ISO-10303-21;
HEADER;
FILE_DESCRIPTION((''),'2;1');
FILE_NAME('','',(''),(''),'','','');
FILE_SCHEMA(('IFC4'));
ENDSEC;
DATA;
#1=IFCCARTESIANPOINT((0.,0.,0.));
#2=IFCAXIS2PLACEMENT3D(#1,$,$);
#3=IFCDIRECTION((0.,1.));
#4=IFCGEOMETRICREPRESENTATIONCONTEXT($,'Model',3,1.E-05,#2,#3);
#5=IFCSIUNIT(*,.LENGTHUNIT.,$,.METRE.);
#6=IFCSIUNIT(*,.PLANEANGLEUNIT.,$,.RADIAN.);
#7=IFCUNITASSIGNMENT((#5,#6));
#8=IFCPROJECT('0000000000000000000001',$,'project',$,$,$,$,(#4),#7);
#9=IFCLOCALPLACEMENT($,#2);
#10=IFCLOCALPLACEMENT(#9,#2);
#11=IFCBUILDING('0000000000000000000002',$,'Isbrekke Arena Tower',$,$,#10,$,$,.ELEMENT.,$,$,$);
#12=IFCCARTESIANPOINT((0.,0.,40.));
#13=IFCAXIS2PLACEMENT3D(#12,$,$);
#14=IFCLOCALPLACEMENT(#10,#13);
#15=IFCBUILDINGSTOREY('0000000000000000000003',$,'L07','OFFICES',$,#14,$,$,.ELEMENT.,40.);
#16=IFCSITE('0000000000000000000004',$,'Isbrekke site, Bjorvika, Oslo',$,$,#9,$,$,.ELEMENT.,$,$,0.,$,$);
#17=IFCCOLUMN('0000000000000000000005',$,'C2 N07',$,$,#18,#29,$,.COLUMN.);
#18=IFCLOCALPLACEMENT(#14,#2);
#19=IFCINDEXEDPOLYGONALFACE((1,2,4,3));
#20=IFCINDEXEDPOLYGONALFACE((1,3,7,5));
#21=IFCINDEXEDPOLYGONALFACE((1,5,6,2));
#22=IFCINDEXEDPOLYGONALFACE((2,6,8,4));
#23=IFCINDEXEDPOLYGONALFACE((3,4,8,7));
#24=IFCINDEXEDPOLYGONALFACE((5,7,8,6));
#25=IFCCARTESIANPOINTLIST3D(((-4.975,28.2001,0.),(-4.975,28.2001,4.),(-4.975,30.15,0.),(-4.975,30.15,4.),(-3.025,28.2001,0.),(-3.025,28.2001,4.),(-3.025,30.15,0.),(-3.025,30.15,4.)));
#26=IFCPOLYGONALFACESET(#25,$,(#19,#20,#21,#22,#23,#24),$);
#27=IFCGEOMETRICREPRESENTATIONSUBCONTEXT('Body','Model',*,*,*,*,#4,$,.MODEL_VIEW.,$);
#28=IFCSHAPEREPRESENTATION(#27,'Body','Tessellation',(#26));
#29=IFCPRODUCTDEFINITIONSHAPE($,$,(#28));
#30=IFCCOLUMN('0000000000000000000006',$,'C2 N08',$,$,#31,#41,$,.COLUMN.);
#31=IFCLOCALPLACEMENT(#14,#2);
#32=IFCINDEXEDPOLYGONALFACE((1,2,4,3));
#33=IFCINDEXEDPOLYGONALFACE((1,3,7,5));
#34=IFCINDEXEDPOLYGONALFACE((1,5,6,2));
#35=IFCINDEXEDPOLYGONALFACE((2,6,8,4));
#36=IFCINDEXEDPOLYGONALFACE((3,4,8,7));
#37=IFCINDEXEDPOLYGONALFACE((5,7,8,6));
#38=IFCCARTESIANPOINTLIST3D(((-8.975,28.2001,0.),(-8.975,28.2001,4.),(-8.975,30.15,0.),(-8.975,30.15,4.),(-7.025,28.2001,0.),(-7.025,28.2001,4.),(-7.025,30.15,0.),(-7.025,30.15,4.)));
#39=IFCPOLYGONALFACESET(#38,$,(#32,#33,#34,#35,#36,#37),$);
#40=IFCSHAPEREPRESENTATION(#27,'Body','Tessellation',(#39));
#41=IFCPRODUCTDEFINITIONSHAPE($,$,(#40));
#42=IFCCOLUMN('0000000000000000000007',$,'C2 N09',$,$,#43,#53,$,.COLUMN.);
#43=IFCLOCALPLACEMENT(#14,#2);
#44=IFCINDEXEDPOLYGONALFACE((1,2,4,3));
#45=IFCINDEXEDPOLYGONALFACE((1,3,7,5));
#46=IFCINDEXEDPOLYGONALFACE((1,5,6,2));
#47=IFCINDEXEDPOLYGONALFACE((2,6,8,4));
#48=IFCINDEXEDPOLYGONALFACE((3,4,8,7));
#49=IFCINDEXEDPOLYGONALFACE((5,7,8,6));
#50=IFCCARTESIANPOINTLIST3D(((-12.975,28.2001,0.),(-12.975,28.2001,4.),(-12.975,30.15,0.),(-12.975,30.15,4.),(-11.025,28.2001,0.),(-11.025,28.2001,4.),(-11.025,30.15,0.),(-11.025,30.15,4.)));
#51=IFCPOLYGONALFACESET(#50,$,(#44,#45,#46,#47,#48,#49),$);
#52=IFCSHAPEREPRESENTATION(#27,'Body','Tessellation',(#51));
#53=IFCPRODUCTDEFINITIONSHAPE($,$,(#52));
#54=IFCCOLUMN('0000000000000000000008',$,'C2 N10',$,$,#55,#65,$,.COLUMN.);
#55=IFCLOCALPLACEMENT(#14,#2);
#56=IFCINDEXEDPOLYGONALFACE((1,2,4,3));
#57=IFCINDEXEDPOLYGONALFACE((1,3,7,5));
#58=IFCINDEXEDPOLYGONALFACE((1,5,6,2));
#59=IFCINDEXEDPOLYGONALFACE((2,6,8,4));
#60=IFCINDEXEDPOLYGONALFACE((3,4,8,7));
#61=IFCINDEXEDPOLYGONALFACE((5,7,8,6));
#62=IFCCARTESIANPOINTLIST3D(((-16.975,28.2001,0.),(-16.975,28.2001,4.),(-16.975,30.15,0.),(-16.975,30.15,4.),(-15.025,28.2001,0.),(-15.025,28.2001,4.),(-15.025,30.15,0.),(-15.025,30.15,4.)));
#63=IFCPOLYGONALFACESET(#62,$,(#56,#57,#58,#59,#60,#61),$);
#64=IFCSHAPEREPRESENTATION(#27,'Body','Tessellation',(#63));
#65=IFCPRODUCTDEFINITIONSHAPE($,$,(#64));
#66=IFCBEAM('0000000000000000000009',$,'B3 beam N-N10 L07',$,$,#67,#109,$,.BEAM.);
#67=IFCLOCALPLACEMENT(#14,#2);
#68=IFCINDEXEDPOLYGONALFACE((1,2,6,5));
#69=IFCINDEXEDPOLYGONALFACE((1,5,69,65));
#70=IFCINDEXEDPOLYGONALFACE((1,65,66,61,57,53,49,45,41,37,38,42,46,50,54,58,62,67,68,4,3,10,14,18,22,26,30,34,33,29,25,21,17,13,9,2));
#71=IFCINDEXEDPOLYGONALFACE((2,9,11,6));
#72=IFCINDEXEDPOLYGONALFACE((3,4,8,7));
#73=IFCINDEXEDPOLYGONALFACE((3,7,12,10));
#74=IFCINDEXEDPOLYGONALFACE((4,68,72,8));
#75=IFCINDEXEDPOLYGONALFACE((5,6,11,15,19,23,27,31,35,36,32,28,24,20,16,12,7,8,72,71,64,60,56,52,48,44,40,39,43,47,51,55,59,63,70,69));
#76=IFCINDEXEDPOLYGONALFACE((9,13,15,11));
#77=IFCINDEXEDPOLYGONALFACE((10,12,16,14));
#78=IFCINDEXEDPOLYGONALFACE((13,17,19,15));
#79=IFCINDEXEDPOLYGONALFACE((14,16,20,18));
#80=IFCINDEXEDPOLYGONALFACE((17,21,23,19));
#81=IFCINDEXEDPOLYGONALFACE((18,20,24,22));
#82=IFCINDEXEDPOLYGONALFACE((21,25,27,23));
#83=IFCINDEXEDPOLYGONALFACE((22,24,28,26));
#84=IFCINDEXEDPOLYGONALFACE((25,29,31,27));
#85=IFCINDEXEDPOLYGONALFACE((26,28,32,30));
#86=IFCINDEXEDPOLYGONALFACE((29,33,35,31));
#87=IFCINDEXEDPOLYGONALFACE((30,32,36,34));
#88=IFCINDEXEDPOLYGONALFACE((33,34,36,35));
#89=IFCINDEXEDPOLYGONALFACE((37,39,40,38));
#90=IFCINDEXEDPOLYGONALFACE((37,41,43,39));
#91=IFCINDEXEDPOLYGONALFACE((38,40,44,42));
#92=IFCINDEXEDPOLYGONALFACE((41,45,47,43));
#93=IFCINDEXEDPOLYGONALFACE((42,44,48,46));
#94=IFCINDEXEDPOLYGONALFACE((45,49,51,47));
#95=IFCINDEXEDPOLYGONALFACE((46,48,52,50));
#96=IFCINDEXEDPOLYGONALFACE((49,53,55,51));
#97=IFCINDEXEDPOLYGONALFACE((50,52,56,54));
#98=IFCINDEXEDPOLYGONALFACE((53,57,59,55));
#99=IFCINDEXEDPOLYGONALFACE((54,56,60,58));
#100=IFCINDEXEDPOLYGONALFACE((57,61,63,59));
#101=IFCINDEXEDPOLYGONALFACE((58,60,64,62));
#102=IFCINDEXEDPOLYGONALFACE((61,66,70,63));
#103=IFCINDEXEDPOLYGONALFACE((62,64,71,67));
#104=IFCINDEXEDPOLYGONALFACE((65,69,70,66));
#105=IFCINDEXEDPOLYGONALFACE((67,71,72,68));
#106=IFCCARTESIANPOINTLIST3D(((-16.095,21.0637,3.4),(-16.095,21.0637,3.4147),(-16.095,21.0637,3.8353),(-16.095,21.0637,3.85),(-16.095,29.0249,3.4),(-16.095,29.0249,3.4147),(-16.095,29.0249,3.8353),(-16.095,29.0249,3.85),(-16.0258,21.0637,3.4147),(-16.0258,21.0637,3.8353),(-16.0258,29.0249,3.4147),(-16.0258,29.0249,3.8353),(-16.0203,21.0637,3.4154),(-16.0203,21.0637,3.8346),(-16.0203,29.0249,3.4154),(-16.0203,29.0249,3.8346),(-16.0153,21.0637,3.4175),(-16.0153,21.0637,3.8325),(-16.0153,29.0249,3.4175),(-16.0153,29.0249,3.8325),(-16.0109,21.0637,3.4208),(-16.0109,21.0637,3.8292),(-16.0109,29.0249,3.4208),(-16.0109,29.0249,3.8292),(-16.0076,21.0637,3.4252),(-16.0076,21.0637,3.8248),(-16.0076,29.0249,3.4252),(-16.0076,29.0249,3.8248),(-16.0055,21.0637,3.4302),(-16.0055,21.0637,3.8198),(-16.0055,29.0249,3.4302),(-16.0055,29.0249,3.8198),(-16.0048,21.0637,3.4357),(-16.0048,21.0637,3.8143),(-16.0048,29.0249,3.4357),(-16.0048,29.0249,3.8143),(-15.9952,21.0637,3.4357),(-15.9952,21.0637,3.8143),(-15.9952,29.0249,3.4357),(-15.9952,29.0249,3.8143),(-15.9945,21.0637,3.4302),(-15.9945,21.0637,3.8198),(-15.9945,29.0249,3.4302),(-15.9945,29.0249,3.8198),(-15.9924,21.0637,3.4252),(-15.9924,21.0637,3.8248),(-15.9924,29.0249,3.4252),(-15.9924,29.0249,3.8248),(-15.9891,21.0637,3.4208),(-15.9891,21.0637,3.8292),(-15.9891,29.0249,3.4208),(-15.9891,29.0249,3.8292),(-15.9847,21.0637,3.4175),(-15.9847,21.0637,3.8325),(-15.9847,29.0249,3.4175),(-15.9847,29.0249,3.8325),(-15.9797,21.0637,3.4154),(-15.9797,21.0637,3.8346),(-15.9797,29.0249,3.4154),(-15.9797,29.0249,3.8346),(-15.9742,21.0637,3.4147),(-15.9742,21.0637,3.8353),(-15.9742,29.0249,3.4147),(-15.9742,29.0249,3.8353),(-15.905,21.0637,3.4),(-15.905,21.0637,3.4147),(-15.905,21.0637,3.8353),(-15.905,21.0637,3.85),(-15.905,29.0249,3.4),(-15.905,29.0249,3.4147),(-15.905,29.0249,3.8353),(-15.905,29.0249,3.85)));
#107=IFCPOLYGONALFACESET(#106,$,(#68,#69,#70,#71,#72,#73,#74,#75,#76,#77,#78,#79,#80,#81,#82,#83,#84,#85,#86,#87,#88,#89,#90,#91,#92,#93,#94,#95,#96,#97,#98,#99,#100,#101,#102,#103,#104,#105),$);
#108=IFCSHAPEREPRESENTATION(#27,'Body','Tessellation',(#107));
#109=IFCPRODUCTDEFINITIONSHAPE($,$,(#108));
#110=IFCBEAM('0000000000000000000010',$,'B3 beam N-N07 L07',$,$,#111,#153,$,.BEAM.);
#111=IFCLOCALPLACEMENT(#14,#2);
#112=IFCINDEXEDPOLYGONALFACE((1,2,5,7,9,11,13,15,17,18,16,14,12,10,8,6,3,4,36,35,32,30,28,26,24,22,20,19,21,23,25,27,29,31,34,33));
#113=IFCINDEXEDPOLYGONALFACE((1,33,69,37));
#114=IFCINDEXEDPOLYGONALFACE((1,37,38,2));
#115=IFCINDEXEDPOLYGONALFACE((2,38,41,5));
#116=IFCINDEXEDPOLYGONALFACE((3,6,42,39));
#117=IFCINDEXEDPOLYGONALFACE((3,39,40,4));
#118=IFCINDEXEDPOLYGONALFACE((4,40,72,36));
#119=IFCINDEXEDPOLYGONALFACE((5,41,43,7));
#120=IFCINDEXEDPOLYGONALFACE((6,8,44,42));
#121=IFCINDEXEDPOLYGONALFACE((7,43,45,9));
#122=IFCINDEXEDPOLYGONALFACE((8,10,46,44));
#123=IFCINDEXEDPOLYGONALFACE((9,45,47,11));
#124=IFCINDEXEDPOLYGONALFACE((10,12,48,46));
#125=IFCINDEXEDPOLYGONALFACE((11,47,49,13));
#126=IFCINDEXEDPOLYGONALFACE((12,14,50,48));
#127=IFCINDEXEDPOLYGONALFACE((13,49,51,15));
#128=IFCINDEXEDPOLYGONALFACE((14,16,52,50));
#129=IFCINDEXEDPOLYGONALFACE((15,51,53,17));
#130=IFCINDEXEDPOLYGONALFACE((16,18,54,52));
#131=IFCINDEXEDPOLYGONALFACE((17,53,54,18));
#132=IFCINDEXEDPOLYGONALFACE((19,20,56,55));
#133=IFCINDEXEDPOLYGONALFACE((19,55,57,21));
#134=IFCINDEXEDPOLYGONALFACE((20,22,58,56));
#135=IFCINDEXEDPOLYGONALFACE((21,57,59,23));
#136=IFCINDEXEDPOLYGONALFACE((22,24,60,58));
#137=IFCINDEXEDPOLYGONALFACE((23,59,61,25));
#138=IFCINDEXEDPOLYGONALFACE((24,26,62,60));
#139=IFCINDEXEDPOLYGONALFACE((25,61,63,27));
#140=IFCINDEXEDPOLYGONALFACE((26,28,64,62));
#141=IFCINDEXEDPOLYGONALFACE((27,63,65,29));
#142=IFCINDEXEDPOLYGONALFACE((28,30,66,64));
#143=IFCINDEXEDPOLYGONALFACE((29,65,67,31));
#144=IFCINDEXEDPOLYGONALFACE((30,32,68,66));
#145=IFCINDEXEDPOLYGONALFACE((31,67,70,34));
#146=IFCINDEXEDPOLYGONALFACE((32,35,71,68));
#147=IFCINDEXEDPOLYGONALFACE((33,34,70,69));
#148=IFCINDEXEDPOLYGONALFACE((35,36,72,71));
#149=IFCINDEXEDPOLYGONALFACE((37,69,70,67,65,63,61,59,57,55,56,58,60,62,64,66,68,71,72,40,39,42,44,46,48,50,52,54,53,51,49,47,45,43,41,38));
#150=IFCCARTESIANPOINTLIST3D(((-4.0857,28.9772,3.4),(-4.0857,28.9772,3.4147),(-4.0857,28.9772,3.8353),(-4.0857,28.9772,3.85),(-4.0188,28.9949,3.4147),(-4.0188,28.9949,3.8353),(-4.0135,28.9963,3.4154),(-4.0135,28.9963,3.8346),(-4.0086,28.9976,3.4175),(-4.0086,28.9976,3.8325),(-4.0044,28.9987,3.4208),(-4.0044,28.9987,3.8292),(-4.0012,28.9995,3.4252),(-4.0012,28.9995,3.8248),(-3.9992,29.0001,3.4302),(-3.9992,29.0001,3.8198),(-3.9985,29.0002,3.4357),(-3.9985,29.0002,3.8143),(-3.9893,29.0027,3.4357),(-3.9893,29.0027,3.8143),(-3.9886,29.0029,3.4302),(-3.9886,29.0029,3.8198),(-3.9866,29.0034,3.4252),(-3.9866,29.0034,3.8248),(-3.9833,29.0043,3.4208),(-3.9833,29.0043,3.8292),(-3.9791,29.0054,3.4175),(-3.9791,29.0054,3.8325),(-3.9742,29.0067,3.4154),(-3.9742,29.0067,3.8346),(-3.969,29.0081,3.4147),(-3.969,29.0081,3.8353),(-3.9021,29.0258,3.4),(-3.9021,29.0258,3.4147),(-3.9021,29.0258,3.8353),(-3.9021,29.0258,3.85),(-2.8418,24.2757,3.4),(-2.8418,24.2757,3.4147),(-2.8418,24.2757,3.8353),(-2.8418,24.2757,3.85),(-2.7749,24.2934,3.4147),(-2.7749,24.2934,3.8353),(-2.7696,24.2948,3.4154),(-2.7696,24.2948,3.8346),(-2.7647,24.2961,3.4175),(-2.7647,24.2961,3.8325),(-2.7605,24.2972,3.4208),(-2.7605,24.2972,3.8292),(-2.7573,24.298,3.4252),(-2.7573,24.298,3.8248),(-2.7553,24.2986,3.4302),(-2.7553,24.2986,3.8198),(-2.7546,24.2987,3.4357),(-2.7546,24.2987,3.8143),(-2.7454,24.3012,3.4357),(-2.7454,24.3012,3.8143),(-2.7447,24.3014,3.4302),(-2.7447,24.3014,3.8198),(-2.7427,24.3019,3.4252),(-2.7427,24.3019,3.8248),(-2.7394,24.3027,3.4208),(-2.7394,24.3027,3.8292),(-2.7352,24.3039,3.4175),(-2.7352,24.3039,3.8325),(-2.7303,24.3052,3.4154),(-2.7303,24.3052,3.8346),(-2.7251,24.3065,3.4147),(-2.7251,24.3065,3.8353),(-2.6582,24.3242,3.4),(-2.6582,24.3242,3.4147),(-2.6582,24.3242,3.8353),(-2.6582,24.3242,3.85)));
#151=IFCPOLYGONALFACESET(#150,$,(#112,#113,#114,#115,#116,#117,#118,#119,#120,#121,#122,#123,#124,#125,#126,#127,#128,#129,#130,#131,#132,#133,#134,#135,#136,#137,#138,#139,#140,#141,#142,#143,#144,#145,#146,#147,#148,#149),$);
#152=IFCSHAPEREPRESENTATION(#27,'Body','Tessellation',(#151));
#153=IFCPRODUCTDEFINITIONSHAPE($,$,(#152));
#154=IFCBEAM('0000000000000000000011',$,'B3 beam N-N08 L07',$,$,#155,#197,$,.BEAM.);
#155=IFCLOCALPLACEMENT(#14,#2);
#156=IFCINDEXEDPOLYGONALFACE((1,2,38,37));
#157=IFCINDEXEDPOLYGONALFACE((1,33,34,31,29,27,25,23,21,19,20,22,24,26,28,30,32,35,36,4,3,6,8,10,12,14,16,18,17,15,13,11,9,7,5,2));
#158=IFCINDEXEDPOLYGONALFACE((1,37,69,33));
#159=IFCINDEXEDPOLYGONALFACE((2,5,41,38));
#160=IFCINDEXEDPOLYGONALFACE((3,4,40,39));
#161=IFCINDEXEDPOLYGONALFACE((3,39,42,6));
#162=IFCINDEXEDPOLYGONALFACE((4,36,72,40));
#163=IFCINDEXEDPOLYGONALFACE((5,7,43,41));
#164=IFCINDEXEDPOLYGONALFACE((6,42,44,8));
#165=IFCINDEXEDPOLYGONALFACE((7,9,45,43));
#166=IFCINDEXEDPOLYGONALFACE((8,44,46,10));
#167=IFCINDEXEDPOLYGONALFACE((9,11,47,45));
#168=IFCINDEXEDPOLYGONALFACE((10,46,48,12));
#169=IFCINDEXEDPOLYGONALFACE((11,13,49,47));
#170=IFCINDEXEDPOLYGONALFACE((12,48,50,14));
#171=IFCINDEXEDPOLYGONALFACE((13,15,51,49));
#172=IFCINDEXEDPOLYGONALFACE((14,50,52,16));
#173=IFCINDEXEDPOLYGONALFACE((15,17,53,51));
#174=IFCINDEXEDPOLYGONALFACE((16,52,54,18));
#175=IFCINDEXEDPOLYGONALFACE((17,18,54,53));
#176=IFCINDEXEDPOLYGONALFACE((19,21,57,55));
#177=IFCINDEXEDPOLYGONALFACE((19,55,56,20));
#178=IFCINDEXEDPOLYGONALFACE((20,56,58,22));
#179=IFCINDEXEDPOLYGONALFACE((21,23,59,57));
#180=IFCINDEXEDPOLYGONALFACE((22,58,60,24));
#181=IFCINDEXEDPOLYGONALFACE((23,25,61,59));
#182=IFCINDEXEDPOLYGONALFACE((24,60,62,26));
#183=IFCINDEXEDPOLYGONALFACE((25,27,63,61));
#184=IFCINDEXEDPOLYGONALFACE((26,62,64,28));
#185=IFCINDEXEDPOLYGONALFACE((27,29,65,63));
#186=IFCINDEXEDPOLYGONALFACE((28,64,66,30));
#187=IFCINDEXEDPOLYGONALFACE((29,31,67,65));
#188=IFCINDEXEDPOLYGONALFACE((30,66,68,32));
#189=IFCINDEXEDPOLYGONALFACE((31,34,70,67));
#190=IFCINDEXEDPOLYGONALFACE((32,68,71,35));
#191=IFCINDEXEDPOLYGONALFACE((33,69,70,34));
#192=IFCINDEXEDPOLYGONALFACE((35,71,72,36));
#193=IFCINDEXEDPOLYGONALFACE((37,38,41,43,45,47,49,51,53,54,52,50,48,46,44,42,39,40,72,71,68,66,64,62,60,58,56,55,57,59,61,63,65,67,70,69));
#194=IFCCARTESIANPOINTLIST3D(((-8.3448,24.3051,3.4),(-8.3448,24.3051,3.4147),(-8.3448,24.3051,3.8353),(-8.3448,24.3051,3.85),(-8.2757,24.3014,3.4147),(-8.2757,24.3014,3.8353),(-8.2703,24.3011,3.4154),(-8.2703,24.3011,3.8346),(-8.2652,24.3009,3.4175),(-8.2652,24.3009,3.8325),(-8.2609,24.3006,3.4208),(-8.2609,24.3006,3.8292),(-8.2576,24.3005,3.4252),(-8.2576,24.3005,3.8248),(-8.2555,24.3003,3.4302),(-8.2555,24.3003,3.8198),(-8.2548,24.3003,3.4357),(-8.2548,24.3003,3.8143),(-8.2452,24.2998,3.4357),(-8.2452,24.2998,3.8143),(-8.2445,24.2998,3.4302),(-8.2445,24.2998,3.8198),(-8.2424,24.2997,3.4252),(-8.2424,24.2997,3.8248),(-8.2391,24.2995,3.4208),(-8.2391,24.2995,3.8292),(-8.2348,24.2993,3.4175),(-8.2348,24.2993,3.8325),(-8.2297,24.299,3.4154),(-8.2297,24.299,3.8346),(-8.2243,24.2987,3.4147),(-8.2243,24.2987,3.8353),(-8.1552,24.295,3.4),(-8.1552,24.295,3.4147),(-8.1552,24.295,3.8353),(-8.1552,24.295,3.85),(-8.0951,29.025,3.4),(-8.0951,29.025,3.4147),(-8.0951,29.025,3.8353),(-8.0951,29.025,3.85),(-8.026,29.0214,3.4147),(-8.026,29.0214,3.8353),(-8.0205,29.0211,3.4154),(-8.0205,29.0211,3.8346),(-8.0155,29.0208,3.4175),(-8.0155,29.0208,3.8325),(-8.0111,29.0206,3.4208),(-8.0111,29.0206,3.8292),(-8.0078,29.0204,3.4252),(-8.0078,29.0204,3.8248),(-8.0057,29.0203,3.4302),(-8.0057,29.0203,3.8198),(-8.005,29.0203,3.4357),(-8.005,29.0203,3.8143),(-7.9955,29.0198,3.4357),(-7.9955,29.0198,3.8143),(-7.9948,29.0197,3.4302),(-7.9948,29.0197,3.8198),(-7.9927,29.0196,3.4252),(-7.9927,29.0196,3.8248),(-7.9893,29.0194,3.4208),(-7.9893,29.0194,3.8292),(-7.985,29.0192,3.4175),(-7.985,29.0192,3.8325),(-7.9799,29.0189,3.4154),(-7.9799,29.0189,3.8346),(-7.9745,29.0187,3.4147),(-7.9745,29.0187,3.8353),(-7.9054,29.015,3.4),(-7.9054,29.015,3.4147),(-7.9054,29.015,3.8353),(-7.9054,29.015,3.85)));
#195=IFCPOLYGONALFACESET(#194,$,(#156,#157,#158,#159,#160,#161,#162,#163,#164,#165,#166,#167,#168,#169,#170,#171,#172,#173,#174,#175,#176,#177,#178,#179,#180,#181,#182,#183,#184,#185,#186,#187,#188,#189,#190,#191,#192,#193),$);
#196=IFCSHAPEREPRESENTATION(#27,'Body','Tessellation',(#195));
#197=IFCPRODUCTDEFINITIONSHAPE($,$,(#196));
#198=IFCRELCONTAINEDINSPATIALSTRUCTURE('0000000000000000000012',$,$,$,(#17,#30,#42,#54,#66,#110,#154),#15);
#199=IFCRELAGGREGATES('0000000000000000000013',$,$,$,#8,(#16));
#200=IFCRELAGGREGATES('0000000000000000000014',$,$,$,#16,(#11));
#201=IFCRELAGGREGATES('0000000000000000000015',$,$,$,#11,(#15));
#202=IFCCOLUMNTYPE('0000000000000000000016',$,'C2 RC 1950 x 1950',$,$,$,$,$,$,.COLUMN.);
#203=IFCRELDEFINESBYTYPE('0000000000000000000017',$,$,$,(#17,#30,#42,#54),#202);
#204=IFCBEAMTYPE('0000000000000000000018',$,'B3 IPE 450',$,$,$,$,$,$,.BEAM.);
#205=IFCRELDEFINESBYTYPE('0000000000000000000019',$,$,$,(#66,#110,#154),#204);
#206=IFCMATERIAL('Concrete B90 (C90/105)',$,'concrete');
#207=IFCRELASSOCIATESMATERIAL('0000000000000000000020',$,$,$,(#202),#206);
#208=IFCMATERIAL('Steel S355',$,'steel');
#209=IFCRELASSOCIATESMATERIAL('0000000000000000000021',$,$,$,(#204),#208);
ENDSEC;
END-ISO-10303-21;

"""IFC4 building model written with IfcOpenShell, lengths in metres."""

from ifc_helpers import new_model, si_unit, direction, frame, origin, origin_2d, place, context, subcontext, project, spatial, rectangle, i_section, extrude, material, material_profile, profile_set, type_object, element, save


model = new_model("IFC4")

# Units and contexts
model_context = context("Model", 3, precision=1e-05, world=origin(), true_north=direction((0.0, 1.0)))
body_context = subcontext(model_context, "Body", "Model", "MODEL_VIEW")
ifc_project = project(units=[si_unit("LENGTHUNIT", "METRE"), si_unit("PLANEANGLEUNIT", "RADIAN")], contexts=[model_context])

# Site, building, storey
site_placement = place(None, origin())
site = spatial("IfcSite", under=ifc_project, at=site_placement, Name="Isbrekke site, Bjorvika, Oslo", CompositionType="ELEMENT", RefElevation=0.0)
building_placement = place(site_placement, origin())
building = spatial("IfcBuilding", under=site, at=building_placement, Name="Isbrekke Arena Tower", CompositionType="ELEMENT")
storey_placement = place(building_placement, frame((0.0, 0.0, 40.0)))
storey = spatial("IfcBuildingStorey", under=building, at=storey_placement, Name="L07", Description="OFFICES", CompositionType="ELEMENT", Elevation=40.0)

# Columns
ifc_material_1 = material(Name="Concrete B90 (C90/105)", Category="concrete")
ifc_material_profile_1 = material_profile(ifc_material_1, rectangle(XDim=1.95, YDim=1.95, at=origin_2d()), Name="RC 1950x1950")
ifc_profile_set_1 = profile_set([ifc_material_profile_1], Name="Concrete B90 (C90/105)")
column_type = type_object("IfcColumnType", Name="C2 RC 1950 x 1950", PredefinedType="COLUMN", material=ifc_profile_set_1)
for number, where, z_axis, x_axis, name in (
    (1, (-4.0, 29.175, 0.0), (0.0, 0.0, 1.0), (-1.0, 0.0, 0.0), "C2 N07"),
    (2, (-8.0, 29.175, 0.0), (0.0, 0.0, 1.0), (-1.0, 0.0, 0.0), "C2 N08"),
    (3, (-12.0, 29.175, 0.0), (0.0, 0.0, 1.0), (-1.0, 0.0, 0.0), "C2 N09"),
    (4, (-16.0, 29.175, 0.0), (0.0, 0.0, 1.0), (-1.0, 0.0, 0.0), "C2 N10"),
):
    element("IfcColumn", number, at=place(storey_placement, frame(where, z_axis=z_axis, x_axis=x_axis)), inside=storey, type_object=column_type, Name=name, PredefinedType="COLUMN", context=body_context, shape_type="SweptSolid", body=[
        extrude(rectangle(XDim=1.95, YDim=1.95, at=origin_2d()), origin(), (0.0, 0.0, 1.0), 4.0),
    ])

# Beams
ifc_material_2 = material(Name="Steel S355", Category="steel")
ifc_material_profile_2 = material_profile(ifc_material_2, i_section(OverallWidth=0.1899, OverallDepth=0.45, WebThickness=0.0095, FlangeThickness=0.0146, FilletRadius=0.021, at=origin_2d()), Name="IPE 450")
ifc_profile_set_2 = profile_set([ifc_material_profile_2], Name="Steel S355")
beam_type_1 = type_object("IfcBeamType", Name="B3 IPE 450", PredefinedType="BEAM", material=ifc_profile_set_2)
beam_1_placement = place(storey_placement, frame((-16.0, 29.0249, 3.625), z_axis=(0.0, -1.0, 0.0), x_axis=(1.0, 0.0, 0.0)))
element("IfcBeam", 5, at=beam_1_placement, inside=storey, type_object=beam_type_1, Name="B3 beam N-N10 L07", PredefinedType="BEAM", context=body_context, shape_type="SweptSolid", body=[
    extrude(i_section(OverallWidth=0.1899, OverallDepth=0.45, WebThickness=0.0095, FlangeThickness=0.0146, FilletRadius=0.021, at=origin_2d()), origin(), (0.0, 0.0, 1.0), 7.9612),
])
beam_2_placement = place(storey_placement, frame((-3.9939, 29.0015, 3.625), z_axis=(0.255778, -0.966736, 0.0), x_axis=(0.966736, 0.255778, 0.0)))
element("IfcBeam", 6, at=beam_2_placement, inside=storey, type_object=beam_type_1, Name="B3 beam N-N07 L07", PredefinedType="BEAM", context=body_context, shape_type="SweptSolid", body=[
    extrude(i_section(OverallWidth=0.1899, OverallDepth=0.45, WebThickness=0.0095, FlangeThickness=0.0146, FilletRadius=0.021, at=origin_2d()), origin(), (0.0, 0.0, 1.0), 4.8633),
])
beam_3_placement = place(storey_placement, frame((-8.0002, 29.02, 3.625), z_axis=(-0.052841, -0.998603, 0.0), x_axis=(0.998603, -0.052841, 0.0)))
element("IfcBeam", 7, at=beam_3_placement, inside=storey, type_object=beam_type_1, Name="B3 beam N-N08 L07", PredefinedType="BEAM", context=body_context, shape_type="SweptSolid", body=[
    extrude(i_section(OverallWidth=0.1899, OverallDepth=0.45, WebThickness=0.0095, FlangeThickness=0.0146, FilletRadius=0.021, at=origin_2d()), origin(), (0.0, 0.0, 1.0), 4.7266),
])

save(model, "model.ifc")
